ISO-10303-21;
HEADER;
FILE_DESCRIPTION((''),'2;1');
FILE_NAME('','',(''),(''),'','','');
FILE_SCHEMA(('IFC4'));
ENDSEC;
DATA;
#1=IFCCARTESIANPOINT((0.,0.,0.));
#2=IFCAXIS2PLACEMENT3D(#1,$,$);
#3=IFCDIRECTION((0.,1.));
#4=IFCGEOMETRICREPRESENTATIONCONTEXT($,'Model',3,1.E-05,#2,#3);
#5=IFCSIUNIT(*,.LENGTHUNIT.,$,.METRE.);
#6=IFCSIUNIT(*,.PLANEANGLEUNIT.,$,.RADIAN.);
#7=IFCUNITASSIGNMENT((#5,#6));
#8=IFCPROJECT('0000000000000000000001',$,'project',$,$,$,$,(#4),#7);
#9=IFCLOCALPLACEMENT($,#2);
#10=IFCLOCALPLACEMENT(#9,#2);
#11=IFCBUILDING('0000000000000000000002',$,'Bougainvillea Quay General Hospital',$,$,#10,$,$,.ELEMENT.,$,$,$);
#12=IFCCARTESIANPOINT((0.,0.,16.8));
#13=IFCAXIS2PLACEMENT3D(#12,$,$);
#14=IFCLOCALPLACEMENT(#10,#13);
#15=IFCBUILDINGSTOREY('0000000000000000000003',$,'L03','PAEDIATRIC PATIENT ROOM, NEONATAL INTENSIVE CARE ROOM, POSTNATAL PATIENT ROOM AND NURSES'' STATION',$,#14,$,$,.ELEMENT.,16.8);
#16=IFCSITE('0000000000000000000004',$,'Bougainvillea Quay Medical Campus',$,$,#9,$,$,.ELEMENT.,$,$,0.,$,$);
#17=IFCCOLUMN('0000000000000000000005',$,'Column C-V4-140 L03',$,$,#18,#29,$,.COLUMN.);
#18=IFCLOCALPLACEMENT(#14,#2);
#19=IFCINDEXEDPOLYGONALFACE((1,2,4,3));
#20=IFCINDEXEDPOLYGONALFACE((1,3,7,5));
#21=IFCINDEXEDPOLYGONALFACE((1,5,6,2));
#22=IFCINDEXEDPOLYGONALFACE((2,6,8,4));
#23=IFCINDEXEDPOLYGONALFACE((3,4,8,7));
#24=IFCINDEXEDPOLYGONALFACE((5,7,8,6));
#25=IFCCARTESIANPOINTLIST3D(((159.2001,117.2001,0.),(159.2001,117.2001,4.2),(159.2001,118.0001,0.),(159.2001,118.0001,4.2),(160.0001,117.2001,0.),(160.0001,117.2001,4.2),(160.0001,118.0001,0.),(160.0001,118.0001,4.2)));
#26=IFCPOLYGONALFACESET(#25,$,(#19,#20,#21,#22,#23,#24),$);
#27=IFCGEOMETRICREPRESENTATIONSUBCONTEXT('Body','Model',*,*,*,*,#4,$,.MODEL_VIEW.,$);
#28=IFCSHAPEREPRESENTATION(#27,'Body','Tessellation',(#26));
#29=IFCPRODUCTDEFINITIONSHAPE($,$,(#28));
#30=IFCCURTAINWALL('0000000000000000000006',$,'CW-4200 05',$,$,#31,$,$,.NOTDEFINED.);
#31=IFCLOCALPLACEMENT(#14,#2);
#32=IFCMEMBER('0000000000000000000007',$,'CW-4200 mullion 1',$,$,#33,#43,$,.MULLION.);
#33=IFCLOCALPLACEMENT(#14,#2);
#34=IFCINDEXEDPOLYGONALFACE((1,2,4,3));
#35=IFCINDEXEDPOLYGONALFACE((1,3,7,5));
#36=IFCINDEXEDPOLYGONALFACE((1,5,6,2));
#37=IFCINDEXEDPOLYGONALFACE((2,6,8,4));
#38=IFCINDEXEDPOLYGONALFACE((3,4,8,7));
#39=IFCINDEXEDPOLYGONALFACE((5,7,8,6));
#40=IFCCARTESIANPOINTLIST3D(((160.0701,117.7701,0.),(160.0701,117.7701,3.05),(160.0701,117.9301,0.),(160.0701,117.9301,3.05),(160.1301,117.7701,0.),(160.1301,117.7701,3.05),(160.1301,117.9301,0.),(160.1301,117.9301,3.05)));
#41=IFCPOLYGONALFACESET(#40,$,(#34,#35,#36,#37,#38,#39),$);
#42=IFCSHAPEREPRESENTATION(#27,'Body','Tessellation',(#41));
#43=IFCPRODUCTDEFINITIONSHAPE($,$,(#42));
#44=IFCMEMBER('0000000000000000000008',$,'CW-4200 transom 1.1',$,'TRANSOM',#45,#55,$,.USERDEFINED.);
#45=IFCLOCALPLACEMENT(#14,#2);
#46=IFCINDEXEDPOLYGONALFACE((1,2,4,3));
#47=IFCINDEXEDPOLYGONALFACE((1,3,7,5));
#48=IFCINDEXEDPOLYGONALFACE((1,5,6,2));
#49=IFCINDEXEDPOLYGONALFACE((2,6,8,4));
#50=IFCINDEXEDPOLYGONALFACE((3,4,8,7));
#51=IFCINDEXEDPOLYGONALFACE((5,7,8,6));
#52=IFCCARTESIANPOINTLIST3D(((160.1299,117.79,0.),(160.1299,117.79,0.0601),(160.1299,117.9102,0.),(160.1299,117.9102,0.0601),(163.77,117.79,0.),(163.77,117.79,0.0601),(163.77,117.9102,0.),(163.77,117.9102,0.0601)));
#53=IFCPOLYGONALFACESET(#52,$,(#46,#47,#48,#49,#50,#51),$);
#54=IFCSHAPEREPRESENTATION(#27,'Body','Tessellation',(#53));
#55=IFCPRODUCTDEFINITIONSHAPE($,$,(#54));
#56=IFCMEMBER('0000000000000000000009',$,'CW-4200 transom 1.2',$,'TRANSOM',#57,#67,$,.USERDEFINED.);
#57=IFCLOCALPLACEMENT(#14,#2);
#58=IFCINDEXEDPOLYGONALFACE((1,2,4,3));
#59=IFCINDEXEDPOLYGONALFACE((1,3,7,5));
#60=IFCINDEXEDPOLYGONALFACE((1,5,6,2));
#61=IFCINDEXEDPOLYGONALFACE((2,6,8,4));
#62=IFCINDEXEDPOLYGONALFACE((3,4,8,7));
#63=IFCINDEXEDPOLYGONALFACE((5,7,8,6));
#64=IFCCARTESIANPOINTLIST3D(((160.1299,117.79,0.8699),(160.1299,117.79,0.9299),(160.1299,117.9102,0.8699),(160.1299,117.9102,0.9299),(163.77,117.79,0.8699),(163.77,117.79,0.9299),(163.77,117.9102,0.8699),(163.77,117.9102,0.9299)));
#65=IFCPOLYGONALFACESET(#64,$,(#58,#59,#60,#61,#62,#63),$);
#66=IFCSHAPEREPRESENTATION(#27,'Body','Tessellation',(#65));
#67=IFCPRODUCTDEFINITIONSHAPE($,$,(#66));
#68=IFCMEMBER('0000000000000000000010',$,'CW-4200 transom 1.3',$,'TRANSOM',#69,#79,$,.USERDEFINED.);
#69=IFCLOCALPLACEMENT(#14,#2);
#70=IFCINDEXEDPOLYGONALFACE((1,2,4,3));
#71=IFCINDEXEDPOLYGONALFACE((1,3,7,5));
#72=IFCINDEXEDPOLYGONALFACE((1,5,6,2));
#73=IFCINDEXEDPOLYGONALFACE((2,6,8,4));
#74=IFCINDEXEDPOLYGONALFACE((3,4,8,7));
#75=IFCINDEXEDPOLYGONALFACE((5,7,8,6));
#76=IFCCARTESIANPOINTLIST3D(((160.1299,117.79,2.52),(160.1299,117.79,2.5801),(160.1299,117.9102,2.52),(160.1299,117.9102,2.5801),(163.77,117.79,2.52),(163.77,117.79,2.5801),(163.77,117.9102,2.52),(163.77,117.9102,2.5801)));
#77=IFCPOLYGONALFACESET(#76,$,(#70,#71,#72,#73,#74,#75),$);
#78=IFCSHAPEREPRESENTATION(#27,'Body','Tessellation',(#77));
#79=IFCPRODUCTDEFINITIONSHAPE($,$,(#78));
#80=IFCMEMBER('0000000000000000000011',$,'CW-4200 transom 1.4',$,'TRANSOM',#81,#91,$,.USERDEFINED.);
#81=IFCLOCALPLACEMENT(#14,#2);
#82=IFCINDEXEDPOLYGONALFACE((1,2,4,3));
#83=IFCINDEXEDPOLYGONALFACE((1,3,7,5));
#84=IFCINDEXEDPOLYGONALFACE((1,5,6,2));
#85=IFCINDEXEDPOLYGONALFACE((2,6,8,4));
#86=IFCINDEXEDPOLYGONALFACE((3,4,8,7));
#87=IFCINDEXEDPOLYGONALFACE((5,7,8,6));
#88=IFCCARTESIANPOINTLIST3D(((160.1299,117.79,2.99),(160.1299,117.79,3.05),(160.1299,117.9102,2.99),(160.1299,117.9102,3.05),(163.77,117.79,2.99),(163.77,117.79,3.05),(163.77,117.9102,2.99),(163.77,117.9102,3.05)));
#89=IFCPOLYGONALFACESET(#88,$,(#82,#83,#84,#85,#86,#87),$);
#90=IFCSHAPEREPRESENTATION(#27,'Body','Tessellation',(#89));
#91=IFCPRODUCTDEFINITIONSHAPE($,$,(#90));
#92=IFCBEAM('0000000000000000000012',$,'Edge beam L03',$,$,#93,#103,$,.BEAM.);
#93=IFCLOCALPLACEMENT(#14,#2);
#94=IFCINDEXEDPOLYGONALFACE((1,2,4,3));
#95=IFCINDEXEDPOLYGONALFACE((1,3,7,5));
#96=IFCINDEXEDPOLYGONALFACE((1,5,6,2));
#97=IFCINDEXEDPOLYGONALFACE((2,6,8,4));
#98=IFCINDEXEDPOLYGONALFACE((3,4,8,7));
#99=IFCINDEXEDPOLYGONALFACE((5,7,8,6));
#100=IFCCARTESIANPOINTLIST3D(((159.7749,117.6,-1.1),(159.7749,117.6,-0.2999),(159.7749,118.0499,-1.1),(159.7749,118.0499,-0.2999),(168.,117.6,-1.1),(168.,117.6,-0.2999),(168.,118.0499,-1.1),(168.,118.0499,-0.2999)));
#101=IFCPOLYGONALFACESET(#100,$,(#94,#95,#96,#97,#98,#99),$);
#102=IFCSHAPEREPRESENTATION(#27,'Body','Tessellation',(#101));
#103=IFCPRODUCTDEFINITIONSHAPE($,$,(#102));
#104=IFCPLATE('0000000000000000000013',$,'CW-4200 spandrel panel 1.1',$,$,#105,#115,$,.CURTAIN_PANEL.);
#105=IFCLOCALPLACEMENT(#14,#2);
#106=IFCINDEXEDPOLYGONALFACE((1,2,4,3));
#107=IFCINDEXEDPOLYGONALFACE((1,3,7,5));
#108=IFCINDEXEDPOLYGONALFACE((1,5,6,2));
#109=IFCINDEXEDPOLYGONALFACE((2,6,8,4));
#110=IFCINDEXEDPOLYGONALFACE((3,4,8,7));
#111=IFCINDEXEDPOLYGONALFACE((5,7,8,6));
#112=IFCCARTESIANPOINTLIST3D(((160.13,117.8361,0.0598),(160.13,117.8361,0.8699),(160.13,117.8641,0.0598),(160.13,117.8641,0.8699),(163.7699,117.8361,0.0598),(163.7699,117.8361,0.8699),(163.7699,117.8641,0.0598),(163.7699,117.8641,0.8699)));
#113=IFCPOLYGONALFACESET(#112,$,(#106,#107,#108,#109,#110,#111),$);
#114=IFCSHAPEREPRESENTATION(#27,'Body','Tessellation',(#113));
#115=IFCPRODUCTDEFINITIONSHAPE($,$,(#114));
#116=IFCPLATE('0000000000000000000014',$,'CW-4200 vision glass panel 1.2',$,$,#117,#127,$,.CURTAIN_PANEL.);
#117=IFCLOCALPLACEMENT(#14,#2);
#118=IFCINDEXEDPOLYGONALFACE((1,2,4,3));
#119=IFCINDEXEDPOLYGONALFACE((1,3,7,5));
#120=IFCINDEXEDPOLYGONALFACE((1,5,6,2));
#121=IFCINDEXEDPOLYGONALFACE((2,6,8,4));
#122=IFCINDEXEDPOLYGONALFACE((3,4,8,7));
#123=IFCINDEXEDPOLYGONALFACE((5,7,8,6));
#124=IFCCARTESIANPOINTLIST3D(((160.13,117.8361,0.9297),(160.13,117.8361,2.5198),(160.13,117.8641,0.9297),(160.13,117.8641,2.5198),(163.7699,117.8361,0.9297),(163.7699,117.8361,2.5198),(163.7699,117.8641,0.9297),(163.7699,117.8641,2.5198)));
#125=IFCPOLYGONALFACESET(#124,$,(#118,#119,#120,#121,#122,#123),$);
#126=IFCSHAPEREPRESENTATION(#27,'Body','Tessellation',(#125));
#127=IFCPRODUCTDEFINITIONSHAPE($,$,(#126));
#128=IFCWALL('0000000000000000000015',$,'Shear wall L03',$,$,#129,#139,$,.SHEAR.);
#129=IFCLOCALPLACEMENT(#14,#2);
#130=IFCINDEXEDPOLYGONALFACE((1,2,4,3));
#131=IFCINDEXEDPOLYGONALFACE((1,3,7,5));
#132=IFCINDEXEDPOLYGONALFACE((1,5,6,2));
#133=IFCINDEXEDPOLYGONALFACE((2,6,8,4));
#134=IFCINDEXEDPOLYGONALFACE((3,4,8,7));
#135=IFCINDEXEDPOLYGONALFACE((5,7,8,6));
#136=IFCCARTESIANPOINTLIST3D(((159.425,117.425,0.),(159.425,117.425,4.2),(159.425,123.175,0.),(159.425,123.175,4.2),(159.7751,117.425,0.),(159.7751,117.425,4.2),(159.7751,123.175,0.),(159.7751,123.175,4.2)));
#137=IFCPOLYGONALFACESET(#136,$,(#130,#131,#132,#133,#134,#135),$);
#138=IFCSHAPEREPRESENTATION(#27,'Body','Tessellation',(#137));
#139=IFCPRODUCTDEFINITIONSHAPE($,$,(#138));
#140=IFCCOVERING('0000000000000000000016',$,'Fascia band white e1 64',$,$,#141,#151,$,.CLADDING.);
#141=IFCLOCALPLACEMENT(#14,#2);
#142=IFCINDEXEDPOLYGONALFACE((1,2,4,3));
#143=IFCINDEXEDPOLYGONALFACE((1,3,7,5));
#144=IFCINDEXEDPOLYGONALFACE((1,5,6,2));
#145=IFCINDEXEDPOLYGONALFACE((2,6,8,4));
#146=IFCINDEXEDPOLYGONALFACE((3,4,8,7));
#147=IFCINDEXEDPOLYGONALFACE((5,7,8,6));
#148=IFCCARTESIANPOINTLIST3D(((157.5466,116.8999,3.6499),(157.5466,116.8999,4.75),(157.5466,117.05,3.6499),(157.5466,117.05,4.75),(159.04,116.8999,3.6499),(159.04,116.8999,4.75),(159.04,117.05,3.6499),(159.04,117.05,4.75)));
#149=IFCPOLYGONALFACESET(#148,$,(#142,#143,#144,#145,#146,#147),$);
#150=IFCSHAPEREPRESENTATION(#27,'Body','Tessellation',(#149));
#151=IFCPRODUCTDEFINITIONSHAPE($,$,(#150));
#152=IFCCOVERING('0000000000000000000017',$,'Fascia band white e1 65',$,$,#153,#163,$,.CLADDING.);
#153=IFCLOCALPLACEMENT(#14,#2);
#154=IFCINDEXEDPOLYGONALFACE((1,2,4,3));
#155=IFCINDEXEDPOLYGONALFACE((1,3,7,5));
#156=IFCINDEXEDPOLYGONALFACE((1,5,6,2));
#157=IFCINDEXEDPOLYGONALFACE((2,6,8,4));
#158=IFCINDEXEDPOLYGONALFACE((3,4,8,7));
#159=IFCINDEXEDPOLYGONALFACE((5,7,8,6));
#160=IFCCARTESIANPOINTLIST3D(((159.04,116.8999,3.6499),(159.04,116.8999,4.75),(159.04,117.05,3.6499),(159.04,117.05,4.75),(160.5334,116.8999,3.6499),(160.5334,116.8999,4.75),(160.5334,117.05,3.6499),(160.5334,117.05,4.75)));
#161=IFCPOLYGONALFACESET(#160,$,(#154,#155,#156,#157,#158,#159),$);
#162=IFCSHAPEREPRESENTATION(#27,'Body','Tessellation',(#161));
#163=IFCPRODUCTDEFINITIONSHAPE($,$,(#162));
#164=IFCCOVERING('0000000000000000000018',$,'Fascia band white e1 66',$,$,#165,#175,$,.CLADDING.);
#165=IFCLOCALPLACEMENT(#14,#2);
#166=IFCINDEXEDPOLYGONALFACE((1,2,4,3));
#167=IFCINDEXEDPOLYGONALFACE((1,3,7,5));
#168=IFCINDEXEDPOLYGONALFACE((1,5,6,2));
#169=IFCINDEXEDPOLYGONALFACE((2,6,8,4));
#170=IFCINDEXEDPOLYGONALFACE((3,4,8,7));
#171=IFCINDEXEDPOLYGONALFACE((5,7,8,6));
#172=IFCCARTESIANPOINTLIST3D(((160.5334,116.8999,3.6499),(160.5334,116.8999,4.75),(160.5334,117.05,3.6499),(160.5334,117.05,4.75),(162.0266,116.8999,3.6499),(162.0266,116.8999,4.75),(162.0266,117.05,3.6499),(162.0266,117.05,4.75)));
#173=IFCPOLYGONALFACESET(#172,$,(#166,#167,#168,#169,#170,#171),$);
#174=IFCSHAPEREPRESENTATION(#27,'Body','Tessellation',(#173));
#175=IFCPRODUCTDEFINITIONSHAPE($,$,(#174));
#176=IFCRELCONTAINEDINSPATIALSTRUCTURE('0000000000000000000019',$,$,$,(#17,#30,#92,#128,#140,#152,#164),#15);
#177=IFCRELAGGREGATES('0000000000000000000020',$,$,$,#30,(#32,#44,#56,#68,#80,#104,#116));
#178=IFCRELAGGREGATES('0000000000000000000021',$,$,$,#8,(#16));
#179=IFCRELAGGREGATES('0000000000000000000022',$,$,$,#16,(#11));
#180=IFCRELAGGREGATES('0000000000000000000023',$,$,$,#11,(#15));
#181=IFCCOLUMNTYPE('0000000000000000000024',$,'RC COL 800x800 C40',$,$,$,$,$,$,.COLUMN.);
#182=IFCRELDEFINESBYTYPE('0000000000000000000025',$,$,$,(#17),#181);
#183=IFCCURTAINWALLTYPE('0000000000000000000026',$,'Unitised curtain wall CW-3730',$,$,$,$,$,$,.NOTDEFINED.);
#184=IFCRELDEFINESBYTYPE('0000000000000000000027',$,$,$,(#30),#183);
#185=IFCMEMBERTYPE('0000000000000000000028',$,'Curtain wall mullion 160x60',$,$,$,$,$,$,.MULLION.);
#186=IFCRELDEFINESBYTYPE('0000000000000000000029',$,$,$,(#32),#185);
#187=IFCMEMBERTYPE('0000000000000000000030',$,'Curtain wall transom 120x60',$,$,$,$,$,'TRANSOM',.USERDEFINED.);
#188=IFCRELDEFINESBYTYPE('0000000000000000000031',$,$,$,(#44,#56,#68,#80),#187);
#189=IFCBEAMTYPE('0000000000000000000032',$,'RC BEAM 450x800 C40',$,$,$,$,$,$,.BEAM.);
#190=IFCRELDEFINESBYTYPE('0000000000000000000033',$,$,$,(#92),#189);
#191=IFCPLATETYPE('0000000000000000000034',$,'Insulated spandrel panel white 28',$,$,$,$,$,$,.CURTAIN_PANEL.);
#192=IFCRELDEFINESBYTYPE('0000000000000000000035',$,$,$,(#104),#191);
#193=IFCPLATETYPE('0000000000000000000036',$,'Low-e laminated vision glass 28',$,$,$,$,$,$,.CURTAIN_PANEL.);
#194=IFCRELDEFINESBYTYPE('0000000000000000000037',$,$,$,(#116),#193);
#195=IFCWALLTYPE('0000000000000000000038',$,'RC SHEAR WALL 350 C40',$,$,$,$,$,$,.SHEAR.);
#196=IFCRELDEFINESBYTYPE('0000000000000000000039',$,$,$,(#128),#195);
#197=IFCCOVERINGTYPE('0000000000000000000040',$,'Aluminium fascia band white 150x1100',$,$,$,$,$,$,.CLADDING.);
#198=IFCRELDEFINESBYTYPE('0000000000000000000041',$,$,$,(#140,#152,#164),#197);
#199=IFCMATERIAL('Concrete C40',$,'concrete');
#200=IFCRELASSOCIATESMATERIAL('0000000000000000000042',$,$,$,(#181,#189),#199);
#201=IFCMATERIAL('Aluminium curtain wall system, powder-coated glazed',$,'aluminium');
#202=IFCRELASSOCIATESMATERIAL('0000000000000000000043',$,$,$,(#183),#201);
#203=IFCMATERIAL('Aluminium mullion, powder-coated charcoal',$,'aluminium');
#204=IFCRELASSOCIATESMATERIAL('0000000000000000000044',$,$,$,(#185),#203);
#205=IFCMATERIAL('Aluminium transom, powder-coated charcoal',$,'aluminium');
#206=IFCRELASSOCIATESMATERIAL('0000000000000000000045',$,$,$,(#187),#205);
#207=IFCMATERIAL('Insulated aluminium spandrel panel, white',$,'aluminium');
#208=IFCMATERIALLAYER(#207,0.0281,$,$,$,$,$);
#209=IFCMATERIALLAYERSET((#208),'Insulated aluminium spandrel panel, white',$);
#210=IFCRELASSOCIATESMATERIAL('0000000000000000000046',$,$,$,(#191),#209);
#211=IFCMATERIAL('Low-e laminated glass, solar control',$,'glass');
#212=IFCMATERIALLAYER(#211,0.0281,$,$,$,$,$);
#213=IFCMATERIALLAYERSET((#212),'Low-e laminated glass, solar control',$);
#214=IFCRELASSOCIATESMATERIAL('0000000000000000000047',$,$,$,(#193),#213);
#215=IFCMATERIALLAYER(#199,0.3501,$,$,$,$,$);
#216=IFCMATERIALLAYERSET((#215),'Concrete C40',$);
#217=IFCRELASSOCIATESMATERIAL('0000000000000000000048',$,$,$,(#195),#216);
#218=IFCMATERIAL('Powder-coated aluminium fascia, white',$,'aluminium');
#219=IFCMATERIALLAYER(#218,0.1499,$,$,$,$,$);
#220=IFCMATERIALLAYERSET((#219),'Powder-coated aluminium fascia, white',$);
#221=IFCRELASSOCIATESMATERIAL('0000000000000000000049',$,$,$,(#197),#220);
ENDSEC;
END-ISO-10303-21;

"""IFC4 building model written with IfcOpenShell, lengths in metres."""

from ifc_helpers import new_model, si_unit, direction, frame, frame_2d, origin, origin_2d, place, context, subcontext, project, spatial, polyline, rectangle, outline, extrude, material, layer, layer_set, material_profile, profile_set, type_object, element, aggregate, save


model = new_model("IFC4")

# Units and contexts
model_context = context("Model", 3, precision=1e-05, world=origin(), true_north=direction((0.0, 1.0)))
body_context = subcontext(model_context, "Body", "Model", "MODEL_VIEW")
ifc_project = project(units=[si_unit("LENGTHUNIT", "METRE"), si_unit("PLANEANGLEUNIT", "RADIAN")], contexts=[model_context])

# Site, building, storey
site_placement = place(None, origin())
site = spatial("IfcSite", under=ifc_project, at=site_placement, Name="Bougainvillea Quay Medical Campus", CompositionType="ELEMENT", RefElevation=0.0)
building_placement = place(site_placement, origin())
building = spatial("IfcBuilding", under=site, at=building_placement, Name="Bougainvillea Quay General Hospital", CompositionType="ELEMENT")
storey_placement = place(building_placement, frame((0.0, 0.0, 16.8)))
storey = spatial("IfcBuildingStorey", under=building, at=storey_placement, Name="L03", Description="PAEDIATRIC PATIENT ROOM, NEONATAL INTENSIVE CARE ROOM, POSTNATAL PATIENT ROOM AND NURSES' STATION", CompositionType="ELEMENT", Elevation=16.8)

# Column
ifc_material_1 = material(Name="Concrete C40", Category="concrete")
ifc_material_profile_1 = material_profile(ifc_material_1, rectangle(XDim=0.8, YDim=0.8, at=origin_2d()))
ifc_profile_set_1 = profile_set([ifc_material_profile_1], Name="Concrete C40")
column_type = type_object("IfcColumnType", Name="RC COL 800x800 C40", PredefinedType="COLUMN", material=ifc_profile_set_1)
column_placement = place(storey_placement, frame((159.6001, 117.6001, 0.0), z_axis=(0.0, 0.0, 1.0), x_axis=(1.0, 0.0, 0.0)))
element("IfcColumn", 1, at=column_placement, inside=storey, type_object=column_type, Name="Column C-V4-140 L03", PredefinedType="COLUMN", context=body_context, shape_type="SweptSolid", body=[
    extrude(rectangle(XDim=0.8, YDim=0.8, at=origin_2d()), origin(), (0.0, 0.0, 1.0), 4.2),
])

# Curtain wall, members
ifc_material_2 = material(Name="Aluminium curtain wall system, powder-coated glazed", Category="aluminium")
curtain_wall_type = type_object("IfcCurtainWallType", Name="Unitised curtain wall CW-3730", PredefinedType="NOTDEFINED", material=ifc_material_2)
curtain_wall_placement = place(storey_placement, origin())
curtain_wall = element("IfcCurtainWall", 2, at=curtain_wall_placement, inside=storey, type_object=curtain_wall_type, Name="CW-4200 05", PredefinedType="NOTDEFINED")
ifc_material_3 = material(Name="Aluminium mullion, powder-coated charcoal", Category="aluminium")
ifc_material_profile_2 = material_profile(ifc_material_3, rectangle(XDim=0.1599, YDim=0.0601, at=origin_2d()))
ifc_profile_set_2 = profile_set([ifc_material_profile_2], Name="Aluminium mullion, powder-coated charcoal")
member_type_1 = type_object("IfcMemberType", Name="Curtain wall mullion 160x60", PredefinedType="MULLION", material=ifc_profile_set_2)
member_1_placement = place(storey_placement, frame((160.1001, 117.8501, 0.0), z_axis=(0.0, 0.0, 1.0), x_axis=(0.0, 1.0, 0.0)))
member_1 = element("IfcMember", 3, at=member_1_placement, type_object=member_type_1, Name="CW-4200 mullion 1", PredefinedType="MULLION", context=body_context, shape_type="SweptSolid", body=[
    extrude(rectangle(XDim=0.1599, YDim=0.0601, at=origin_2d()), origin(), (0.0, 0.0, 1.0), 3.05),
])
ifc_material_4 = material(Name="Aluminium transom, powder-coated charcoal", Category="aluminium")
ifc_material_profile_3 = material_profile(ifc_material_4, rectangle(XDim=0.1201, YDim=0.0601, at=origin_2d()))
ifc_profile_set_3 = profile_set([ifc_material_profile_3], Name="Aluminium transom, powder-coated charcoal")
member_type_2 = type_object("IfcMemberType", Name="Curtain wall transom 120x60", ElementType="TRANSOM", PredefinedType="USERDEFINED", material=ifc_profile_set_3)
member_2_placement = place(storey_placement, frame((160.1299, 117.8501, 0.03), z_axis=(1.0, 0.0, 0.0), x_axis=(0.0, 1.0, 0.0)))
member_2 = element("IfcMember", 4, at=member_2_placement, type_object=member_type_2, Name="CW-4200 transom 1.1", ObjectType="TRANSOM", PredefinedType="USERDEFINED", context=body_context, shape_type="SweptSolid", body=[
    extrude(rectangle(XDim=0.1201, YDim=0.0601, at=origin_2d()), origin(), (0.0, 0.0, 1.0), 3.6401),
])
member_3_placement = place(storey_placement, frame((160.1299, 117.8501, 0.8999), z_axis=(1.0, 0.0, 0.0), x_axis=(0.0, 1.0, 0.0)))
member_3 = element("IfcMember", 5, at=member_3_placement, type_object=member_type_2, Name="CW-4200 transom 1.2", ObjectType="TRANSOM", PredefinedType="USERDEFINED", context=body_context, shape_type="SweptSolid", body=[
    extrude(rectangle(XDim=0.1201, YDim=0.0601, at=origin_2d()), origin(), (0.0, 0.0, 1.0), 3.6401),
])
member_4_placement = place(storey_placement, frame((160.1299, 117.8501, 2.55), z_axis=(1.0, 0.0, 0.0), x_axis=(0.0, 1.0, 0.0)))
member_4 = element("IfcMember", 6, at=member_4_placement, type_object=member_type_2, Name="CW-4200 transom 1.3", ObjectType="TRANSOM", PredefinedType="USERDEFINED", context=body_context, shape_type="SweptSolid", body=[
    extrude(rectangle(XDim=0.1201, YDim=0.0601, at=origin_2d()), origin(), (0.0, 0.0, 1.0), 3.6401),
])
member_5_placement = place(storey_placement, frame((160.1299, 117.8501, 3.02), z_axis=(1.0, 0.0, 0.0), x_axis=(0.0, 1.0, 0.0)))
member_5 = element("IfcMember", 7, at=member_5_placement, type_object=member_type_2, Name="CW-4200 transom 1.4", ObjectType="TRANSOM", PredefinedType="USERDEFINED", context=body_context, shape_type="SweptSolid", body=[
    extrude(rectangle(XDim=0.1201, YDim=0.0601, at=origin_2d()), origin(), (0.0, 0.0, 1.0), 3.6401),
])

# Beam
ifc_material_profile_4 = material_profile(ifc_material_1, rectangle(XDim=0.45, YDim=0.8, at=origin_2d()))
ifc_profile_set_4 = profile_set([ifc_material_profile_4], Name="Concrete C40")
beam_type = type_object("IfcBeamType", Name="RC BEAM 450x800 C40", PredefinedType="BEAM", material=ifc_profile_set_4)
beam_placement = place(storey_placement, frame((159.7749, 117.825, -0.7), z_axis=(1.0, 0.0, 0.0), x_axis=(0.0, 1.0, 0.0)))
element("IfcBeam", 8, at=beam_placement, inside=storey, type_object=beam_type, Name="Edge beam L03", PredefinedType="BEAM", context=body_context, shape_type="SweptSolid", body=[
    extrude(rectangle(XDim=0.45, YDim=0.8, at=origin_2d()), origin(), (0.0, 0.0, 1.0), 8.2251),
])

# Plates
ifc_material_5 = material(Name="Insulated aluminium spandrel panel, white", Category="aluminium")
ifc_layer_1 = layer(ifc_material_5, 0.0281)
ifc_layer_set_1 = layer_set([ifc_layer_1], Name="Insulated aluminium spandrel panel, white")
plate_type_1 = type_object("IfcPlateType", Name="Insulated spandrel panel white 28", PredefinedType="CURTAIN_PANEL", material=ifc_layer_set_1)
plate_1_placement = place(storey_placement, frame((161.95, 117.8501, 0.0598), z_axis=(0.0, 0.0, 1.0), x_axis=(1.0, 0.0, 0.0)))
plate_1 = element("IfcPlate", 9, at=plate_1_placement, type_object=plate_type_1, Name="CW-4200 spandrel panel 1.1", PredefinedType="CURTAIN_PANEL", context=body_context, shape_type="SweptSolid", body=[
    extrude(rectangle(XDim=3.6399, YDim=0.0281, at=origin_2d()), origin(), (0.0, 0.0, 1.0), 0.8101),
])
ifc_material_6 = material(Name="Low-e laminated glass, solar control", Category="glass")
ifc_layer_2 = layer(ifc_material_6, 0.0281)
ifc_layer_set_2 = layer_set([ifc_layer_2], Name="Low-e laminated glass, solar control")
plate_type_2 = type_object("IfcPlateType", Name="Low-e laminated vision glass 28", PredefinedType="CURTAIN_PANEL", material=ifc_layer_set_2)
plate_2_placement = place(storey_placement, frame((161.95, 117.8501, 0.9297), z_axis=(0.0, 0.0, 1.0), x_axis=(1.0, 0.0, 0.0)))
plate_2 = element("IfcPlate", 10, at=plate_2_placement, type_object=plate_type_2, Name="CW-4200 vision glass panel 1.2", PredefinedType="CURTAIN_PANEL", context=body_context, shape_type="SweptSolid", body=[
    extrude(rectangle(XDim=3.6399, YDim=0.0281, at=origin_2d()), origin(), (0.0, 0.0, 1.0), 1.5901),
])
aggregate(curtain_wall, [member_1, member_2, member_3, member_4, member_5, plate_1, plate_2])

# Wall
ifc_layer_3 = layer(ifc_material_1, 0.3501)
ifc_layer_set_3 = layer_set([ifc_layer_3], Name="Concrete C40")
wall_type = type_object("IfcWallType", Name="RC SHEAR WALL 350 C40", PredefinedType="SHEAR", material=ifc_layer_set_3)
wall_placement = place(storey_placement, frame((159.6001, 117.425, 0.0), z_axis=(0.0, 0.0, 1.0), x_axis=(0.0, 1.0, 0.0)))
element("IfcWall", 11, at=wall_placement, inside=storey, type_object=wall_type, Name="Shear wall L03", PredefinedType="SHEAR", context=body_context, shape_type="SweptSolid", body=[
    extrude(rectangle(XDim=5.75, YDim=0.3501, at=frame_2d((2.875, 0.0))), origin(), (0.0, 0.0, 1.0), 4.2),
])

# Coverings
ifc_material_7 = material(Name="Powder-coated aluminium fascia, white", Category="aluminium")
ifc_layer_4 = layer(ifc_material_7, 0.1499)
ifc_layer_set_4 = layer_set([ifc_layer_4], Name="Powder-coated aluminium fascia, white")
covering_type = type_object("IfcCoveringType", Name="Aluminium fascia band white 150x1100", PredefinedType="CLADDING", material=ifc_layer_set_4)
for number, where, z_axis, x_axis, name in (
    (12, (157.5466, 117.05, 3.6499), (0.0, 0.0, 1.0), (1.0, 0.0, 0.0), "Fascia band white e1 64"),
    (13, (159.04, 117.05, 3.6499), (0.0, 0.0, 1.0), (1.0, 0.0, 0.0), "Fascia band white e1 65"),
):
    element("IfcCovering", number, at=place(storey_placement, frame(where, z_axis=z_axis, x_axis=x_axis)), inside=storey, type_object=covering_type, Name=name, PredefinedType="CLADDING", context=body_context, shape_type="SweptSolid", body=[
        extrude(outline(polyline([(0.0, 0.0), (1.4934, 0.0), (1.4934, -0.1501), (0.0, -0.1501), (0.0, 0.0)])), origin(), (0.0, 0.0, 1.0), 1.1001),
    ])
covering_placement = place(storey_placement, frame((160.5334, 117.05, 3.6499), z_axis=(0.0, 0.0, 1.0), x_axis=(1.0, 0.0, 0.0)))
element("IfcCovering", 14, at=covering_placement, inside=storey, type_object=covering_type, Name="Fascia band white e1 66", PredefinedType="CLADDING", context=body_context, shape_type="SweptSolid", body=[
    extrude(outline(polyline([(0.0, 0.0), (1.4932, 0.0), (1.4932, -0.1501), (0.0, -0.1501), (0.0, 0.0)])), origin(), (0.0, 0.0, 1.0), 1.1001),
])

save(model, "model.ifc")
